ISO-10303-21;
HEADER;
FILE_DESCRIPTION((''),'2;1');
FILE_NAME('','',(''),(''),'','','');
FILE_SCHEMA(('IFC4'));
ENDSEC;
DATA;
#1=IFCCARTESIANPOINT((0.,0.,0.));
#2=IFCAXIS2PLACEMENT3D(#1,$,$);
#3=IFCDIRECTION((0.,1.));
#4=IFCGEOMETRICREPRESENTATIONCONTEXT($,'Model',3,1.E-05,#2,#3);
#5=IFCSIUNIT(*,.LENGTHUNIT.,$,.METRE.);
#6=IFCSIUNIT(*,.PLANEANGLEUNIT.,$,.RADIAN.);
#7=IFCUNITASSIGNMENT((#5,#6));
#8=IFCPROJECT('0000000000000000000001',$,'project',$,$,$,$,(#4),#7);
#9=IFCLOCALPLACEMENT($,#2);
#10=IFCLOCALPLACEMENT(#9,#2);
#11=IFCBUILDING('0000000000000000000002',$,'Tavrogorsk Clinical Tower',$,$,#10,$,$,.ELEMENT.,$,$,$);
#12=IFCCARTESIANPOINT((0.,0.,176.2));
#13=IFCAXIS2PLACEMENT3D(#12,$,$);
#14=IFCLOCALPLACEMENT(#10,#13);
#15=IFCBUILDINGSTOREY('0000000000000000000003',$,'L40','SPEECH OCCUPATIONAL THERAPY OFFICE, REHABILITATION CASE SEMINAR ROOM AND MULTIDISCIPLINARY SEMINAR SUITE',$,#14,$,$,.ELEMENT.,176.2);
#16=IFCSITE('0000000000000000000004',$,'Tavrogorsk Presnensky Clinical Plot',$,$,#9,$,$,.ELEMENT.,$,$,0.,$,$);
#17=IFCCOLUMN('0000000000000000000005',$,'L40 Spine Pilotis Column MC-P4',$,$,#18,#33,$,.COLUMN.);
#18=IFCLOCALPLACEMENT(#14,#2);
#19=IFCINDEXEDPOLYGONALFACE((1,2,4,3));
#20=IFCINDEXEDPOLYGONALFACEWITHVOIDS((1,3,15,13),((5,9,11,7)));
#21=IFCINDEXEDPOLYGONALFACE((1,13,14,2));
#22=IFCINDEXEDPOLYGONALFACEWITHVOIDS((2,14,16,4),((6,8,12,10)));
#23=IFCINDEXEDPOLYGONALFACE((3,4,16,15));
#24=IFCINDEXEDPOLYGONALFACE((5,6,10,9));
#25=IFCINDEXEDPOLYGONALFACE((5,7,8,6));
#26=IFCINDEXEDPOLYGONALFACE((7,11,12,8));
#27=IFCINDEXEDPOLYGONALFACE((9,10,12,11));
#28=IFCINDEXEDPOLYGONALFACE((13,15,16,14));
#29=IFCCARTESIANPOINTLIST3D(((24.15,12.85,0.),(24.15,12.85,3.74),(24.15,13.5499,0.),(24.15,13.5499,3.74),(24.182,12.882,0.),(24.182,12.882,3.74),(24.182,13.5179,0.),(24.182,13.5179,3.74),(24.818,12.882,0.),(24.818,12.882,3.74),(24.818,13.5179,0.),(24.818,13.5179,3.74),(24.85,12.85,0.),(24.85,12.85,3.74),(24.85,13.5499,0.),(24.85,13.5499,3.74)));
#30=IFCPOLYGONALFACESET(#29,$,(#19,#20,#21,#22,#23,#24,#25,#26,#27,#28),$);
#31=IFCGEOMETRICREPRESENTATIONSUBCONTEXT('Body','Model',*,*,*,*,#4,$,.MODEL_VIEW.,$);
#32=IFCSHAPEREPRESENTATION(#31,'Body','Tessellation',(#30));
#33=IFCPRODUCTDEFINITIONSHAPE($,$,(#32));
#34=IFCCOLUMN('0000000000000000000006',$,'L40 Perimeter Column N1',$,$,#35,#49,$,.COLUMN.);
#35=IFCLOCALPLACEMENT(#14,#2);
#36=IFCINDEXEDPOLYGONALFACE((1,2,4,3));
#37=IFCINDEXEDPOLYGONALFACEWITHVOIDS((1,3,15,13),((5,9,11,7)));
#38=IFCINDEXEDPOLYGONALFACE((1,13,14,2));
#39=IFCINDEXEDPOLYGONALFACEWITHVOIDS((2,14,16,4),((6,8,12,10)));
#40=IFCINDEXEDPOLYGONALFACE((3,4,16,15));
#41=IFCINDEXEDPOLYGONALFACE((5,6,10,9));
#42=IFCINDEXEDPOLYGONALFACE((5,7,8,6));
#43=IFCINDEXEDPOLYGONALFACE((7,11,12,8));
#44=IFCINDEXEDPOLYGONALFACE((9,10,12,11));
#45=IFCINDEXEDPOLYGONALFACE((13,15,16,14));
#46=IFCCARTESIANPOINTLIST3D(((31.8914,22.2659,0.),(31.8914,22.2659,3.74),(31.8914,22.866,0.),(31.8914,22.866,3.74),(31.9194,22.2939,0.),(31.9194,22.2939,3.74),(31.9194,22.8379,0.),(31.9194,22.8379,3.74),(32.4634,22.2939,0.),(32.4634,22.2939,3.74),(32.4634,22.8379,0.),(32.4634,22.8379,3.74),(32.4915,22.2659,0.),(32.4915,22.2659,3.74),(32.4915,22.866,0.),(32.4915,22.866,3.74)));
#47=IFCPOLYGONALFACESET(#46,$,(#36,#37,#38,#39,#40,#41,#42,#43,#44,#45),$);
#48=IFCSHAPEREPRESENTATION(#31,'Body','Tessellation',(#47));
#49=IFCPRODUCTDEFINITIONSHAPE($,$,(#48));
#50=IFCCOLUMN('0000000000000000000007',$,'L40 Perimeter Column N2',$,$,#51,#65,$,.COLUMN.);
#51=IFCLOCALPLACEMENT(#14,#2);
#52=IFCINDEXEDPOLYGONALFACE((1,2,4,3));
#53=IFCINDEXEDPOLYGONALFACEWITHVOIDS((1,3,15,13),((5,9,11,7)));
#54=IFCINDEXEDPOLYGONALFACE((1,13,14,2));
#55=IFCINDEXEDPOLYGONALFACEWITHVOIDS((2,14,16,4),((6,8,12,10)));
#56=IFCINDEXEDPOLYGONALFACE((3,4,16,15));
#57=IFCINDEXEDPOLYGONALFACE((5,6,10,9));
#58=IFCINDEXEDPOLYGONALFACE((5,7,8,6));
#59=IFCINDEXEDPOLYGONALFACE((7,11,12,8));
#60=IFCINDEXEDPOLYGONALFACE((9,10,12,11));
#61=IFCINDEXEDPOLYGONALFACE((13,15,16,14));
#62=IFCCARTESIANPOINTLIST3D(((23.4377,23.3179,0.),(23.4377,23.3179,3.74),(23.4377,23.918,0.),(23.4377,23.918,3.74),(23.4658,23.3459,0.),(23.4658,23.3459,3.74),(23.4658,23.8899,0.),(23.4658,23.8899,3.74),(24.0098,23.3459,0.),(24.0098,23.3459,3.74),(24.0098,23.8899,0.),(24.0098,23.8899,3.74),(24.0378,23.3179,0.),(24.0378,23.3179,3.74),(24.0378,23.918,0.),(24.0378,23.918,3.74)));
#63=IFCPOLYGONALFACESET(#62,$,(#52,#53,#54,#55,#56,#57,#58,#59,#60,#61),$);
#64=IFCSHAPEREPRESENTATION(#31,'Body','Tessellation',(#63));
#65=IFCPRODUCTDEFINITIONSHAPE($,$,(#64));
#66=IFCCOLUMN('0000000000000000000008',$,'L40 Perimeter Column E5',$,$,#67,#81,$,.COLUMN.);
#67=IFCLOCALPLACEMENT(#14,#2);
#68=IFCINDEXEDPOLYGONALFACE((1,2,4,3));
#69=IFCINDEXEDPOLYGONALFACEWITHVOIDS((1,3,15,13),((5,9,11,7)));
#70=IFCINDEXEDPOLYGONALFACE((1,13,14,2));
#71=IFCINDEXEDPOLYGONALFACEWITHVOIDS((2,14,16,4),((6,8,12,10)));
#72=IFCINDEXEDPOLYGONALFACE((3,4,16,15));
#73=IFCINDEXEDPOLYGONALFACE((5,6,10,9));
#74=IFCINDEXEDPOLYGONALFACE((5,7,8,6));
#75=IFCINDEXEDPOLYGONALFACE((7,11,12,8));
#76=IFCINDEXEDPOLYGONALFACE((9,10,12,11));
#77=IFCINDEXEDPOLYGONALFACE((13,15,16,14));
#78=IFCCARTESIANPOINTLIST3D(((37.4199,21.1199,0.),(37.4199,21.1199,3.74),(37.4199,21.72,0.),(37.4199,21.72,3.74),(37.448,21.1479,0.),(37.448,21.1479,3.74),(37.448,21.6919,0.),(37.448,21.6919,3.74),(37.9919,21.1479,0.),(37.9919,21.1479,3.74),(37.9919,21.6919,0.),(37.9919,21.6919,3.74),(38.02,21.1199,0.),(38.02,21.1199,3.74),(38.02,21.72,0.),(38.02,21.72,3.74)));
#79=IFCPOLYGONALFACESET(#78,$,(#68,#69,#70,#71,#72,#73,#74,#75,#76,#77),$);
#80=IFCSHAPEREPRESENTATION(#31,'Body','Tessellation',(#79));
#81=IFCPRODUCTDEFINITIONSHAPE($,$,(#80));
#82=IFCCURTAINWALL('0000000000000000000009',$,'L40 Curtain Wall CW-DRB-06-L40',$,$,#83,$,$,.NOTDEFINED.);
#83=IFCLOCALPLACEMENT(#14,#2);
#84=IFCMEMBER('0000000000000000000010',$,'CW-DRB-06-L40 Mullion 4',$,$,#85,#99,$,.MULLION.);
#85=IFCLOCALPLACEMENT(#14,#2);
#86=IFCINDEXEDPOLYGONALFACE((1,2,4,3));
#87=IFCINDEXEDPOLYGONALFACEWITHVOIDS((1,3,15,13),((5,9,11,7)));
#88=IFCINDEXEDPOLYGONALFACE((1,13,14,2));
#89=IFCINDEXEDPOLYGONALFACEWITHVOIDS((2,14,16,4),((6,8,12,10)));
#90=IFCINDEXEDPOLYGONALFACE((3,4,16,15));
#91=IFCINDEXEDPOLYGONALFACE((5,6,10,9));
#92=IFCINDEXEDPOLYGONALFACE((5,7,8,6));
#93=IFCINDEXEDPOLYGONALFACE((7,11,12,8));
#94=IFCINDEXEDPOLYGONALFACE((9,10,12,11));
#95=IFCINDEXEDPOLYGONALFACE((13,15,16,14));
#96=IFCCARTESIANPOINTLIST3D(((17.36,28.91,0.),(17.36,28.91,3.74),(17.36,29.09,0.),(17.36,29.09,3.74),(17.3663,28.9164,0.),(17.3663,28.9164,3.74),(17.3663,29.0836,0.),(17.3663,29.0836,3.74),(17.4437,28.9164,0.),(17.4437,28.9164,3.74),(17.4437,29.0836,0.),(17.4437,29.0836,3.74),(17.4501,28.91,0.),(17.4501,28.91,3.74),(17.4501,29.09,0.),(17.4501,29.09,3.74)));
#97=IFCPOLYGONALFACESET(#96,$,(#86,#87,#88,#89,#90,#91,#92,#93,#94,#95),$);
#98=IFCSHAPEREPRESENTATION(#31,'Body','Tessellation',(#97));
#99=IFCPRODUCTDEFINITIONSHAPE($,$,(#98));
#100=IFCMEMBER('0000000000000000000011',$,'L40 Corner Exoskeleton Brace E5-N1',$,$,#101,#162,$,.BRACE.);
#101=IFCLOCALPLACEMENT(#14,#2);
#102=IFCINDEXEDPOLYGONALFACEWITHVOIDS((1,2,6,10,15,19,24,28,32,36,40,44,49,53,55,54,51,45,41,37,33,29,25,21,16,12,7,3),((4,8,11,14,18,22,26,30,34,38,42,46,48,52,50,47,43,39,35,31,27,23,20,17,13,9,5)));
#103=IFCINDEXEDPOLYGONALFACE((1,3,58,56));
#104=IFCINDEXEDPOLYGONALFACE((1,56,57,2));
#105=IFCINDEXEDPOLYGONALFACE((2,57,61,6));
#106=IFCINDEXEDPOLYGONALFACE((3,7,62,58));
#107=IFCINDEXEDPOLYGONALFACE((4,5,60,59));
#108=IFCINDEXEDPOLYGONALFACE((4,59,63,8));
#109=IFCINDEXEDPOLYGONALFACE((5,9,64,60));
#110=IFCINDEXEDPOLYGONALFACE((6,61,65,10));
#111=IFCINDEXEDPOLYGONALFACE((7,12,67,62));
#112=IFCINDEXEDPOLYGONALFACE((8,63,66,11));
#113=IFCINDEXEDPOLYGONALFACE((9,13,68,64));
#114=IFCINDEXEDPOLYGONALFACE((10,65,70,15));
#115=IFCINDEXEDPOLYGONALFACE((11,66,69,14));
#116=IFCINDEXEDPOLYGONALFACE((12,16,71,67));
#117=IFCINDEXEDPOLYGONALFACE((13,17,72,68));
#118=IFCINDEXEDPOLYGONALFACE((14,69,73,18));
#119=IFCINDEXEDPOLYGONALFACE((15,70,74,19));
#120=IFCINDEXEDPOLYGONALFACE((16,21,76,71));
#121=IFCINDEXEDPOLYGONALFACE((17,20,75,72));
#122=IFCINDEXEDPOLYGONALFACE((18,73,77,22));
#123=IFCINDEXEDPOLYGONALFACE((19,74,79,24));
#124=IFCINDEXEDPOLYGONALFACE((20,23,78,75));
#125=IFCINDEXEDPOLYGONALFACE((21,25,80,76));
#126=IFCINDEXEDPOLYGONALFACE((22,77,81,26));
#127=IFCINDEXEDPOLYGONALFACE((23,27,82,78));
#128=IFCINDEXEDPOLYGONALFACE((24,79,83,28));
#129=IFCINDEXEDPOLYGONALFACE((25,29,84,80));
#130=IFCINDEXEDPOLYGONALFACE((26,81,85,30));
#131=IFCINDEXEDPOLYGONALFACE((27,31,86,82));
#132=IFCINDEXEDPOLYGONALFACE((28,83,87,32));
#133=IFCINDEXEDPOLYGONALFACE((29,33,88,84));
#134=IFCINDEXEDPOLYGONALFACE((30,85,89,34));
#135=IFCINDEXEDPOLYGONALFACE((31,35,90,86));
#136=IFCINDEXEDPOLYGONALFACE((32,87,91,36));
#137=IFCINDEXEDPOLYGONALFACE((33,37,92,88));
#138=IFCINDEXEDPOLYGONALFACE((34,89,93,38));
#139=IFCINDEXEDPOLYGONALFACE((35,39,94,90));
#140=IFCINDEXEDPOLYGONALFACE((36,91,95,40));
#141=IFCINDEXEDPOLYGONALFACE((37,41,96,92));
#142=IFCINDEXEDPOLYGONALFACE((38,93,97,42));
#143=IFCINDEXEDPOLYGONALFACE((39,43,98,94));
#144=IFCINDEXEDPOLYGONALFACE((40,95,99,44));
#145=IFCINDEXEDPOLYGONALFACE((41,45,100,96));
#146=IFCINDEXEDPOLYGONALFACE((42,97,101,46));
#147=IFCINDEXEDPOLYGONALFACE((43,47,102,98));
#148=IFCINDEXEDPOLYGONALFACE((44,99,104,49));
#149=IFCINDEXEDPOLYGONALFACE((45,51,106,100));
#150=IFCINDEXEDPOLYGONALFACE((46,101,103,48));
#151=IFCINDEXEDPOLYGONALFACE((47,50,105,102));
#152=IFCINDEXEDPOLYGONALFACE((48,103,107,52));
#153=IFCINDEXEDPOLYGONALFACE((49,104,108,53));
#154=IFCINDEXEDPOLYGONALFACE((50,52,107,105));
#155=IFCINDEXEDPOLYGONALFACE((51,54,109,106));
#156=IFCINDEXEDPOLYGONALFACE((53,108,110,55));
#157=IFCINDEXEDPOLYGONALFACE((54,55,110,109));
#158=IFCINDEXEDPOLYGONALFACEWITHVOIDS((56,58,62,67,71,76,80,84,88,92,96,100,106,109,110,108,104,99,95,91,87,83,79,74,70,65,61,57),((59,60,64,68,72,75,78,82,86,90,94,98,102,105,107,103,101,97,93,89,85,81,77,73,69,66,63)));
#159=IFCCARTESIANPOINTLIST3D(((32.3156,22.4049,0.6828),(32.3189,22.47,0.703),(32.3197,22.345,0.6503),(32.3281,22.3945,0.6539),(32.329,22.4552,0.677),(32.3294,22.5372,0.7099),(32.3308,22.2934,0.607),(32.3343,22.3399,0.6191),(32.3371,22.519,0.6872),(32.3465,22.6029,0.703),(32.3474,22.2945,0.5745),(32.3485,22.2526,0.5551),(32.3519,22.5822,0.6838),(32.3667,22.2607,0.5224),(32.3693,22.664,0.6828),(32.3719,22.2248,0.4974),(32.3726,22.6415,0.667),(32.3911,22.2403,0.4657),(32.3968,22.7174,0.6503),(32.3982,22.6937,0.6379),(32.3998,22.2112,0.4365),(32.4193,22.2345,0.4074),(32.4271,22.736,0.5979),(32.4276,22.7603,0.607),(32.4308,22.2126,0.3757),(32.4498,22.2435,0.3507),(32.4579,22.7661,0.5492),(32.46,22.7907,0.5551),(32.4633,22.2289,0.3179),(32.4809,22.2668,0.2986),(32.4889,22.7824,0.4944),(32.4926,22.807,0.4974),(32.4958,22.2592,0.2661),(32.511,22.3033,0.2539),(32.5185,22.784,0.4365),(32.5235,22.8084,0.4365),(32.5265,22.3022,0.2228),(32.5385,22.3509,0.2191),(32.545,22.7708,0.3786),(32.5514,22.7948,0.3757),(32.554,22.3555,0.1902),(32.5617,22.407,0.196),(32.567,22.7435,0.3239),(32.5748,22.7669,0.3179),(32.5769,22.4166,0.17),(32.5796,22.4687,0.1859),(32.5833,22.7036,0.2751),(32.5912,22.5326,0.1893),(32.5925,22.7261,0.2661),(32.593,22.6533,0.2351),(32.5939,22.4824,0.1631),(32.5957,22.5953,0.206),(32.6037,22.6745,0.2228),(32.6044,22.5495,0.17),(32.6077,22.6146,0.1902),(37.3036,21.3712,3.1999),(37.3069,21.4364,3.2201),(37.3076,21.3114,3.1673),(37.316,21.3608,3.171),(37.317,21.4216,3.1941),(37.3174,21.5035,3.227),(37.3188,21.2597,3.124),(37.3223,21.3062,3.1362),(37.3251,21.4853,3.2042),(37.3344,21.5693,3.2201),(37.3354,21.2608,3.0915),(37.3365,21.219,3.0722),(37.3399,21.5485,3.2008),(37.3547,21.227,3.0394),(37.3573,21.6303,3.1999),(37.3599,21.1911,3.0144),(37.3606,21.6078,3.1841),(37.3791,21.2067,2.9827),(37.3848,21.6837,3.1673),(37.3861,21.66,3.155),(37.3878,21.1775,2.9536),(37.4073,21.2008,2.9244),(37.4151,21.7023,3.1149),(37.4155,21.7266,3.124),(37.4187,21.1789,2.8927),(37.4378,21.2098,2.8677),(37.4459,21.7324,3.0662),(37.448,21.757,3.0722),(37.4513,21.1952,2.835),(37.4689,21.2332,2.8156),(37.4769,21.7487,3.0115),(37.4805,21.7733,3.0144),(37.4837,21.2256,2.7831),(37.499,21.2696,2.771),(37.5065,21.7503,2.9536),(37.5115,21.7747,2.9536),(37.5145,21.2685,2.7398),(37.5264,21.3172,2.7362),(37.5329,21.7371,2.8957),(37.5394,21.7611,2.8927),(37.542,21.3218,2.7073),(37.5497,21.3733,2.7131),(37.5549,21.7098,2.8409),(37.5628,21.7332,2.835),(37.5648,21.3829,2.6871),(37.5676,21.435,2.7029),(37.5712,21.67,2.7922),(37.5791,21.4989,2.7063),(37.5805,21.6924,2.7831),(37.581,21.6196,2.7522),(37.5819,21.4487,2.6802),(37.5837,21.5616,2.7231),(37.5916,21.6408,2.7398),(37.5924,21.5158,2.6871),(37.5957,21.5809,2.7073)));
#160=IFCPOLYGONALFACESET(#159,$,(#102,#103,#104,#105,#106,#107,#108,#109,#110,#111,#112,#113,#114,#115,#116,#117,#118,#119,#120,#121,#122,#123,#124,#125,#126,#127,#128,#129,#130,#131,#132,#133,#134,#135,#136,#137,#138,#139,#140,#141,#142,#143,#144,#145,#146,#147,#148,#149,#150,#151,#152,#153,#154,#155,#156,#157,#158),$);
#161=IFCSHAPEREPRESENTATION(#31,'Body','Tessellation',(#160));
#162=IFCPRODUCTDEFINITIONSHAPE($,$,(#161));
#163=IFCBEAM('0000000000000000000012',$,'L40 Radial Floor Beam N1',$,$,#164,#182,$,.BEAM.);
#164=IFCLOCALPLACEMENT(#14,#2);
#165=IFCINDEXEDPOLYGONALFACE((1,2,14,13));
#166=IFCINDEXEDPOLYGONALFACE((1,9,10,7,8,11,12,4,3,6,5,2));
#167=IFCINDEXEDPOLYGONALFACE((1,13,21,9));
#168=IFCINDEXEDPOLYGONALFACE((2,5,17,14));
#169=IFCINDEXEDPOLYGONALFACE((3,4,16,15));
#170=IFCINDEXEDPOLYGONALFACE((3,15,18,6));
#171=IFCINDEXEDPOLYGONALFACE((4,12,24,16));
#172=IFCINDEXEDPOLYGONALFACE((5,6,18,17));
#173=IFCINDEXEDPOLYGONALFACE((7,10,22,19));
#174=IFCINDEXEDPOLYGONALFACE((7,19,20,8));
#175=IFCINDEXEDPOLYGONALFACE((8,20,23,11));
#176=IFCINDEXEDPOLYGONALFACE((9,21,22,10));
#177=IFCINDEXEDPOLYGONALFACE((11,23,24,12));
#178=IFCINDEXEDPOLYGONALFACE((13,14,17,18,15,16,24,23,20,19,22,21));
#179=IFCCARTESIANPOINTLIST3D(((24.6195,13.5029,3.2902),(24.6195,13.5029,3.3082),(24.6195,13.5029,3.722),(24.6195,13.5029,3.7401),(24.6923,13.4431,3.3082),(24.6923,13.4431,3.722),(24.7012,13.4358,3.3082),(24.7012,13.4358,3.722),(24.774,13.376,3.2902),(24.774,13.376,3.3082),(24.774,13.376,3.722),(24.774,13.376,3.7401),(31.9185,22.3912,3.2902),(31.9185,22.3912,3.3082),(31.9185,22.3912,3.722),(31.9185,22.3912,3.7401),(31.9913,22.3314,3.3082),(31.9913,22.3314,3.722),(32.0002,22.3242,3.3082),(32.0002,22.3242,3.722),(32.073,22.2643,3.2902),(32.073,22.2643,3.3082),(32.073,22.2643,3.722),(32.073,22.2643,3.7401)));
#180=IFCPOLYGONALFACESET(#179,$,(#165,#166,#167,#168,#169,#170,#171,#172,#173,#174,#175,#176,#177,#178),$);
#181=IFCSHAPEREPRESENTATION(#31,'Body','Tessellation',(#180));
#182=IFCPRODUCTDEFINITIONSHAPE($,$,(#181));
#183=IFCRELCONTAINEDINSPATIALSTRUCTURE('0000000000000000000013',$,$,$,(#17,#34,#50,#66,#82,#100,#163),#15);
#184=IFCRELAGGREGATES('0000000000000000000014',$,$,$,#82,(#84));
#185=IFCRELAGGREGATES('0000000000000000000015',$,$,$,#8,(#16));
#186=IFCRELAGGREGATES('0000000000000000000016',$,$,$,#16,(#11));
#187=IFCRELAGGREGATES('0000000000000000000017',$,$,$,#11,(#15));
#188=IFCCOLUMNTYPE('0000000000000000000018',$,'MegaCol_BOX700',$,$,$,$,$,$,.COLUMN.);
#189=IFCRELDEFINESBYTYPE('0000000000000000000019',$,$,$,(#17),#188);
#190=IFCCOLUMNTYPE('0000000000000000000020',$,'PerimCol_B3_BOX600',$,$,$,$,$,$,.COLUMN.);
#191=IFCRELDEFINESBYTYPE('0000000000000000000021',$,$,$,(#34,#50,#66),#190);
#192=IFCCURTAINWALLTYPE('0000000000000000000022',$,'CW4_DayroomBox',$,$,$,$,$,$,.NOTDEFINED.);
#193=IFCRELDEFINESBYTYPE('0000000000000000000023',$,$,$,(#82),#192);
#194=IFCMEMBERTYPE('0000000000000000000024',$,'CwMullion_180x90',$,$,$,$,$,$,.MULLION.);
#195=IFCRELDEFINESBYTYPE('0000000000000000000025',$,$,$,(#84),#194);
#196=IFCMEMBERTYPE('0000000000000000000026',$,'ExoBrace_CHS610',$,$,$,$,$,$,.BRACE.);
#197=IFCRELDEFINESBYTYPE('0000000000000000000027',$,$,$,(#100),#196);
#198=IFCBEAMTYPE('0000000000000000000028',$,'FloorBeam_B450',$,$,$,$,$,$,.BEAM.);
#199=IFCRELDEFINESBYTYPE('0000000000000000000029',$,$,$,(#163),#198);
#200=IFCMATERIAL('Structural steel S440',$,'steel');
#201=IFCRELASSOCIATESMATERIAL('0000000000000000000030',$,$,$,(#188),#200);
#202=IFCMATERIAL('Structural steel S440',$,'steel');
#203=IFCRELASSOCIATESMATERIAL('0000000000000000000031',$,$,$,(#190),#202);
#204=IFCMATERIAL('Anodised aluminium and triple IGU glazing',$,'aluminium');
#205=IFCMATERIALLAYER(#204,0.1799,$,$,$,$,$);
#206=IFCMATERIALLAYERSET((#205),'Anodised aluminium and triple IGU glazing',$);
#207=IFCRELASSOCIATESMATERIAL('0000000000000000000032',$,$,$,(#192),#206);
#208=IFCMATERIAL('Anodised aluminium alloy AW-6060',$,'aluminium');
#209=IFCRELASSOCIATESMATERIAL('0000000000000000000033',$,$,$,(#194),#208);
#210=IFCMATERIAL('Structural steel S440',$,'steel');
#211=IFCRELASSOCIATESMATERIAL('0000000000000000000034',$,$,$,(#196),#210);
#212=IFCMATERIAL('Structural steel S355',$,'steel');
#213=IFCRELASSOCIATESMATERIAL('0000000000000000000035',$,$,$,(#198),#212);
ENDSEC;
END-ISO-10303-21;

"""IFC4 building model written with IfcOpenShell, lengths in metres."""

from ifc_helpers import new_model, si_unit, direction, frame, origin, origin_2d, place, context, subcontext, project, spatial, hollow_rectangle, hollow_circle, i_section, extrude, material, layer, layer_set, material_profile, profile_set, type_object, element, aggregate, save


model = new_model("IFC4")

# Units and contexts
model_context = context("Model", 3, precision=1e-05, world=origin(), true_north=direction((0.0, 1.0)))
body_context = subcontext(model_context, "Body", "Model", "MODEL_VIEW")
ifc_project = project(units=[si_unit("LENGTHUNIT", "METRE"), si_unit("PLANEANGLEUNIT", "RADIAN")], contexts=[model_context])

# Site, building, storey
site_placement = place(None, origin())
site = spatial("IfcSite", under=ifc_project, at=site_placement, Name="Tavrogorsk Presnensky Clinical Plot", CompositionType="ELEMENT", RefElevation=0.0)
building_placement = place(site_placement, origin())
building = spatial("IfcBuilding", under=site, at=building_placement, Name="Tavrogorsk Clinical Tower", CompositionType="ELEMENT")
storey_placement = place(building_placement, frame((0.0, 0.0, 176.2)))
storey = spatial("IfcBuildingStorey", under=building, at=storey_placement, Name="L40", Description="SPEECH OCCUPATIONAL THERAPY OFFICE, REHABILITATION CASE SEMINAR ROOM AND MULTIDISCIPLINARY SEMINAR SUITE", CompositionType="ELEMENT", Elevation=176.2)

# Columns
ifc_material_1 = material(Name="Structural steel S440", Category="steel")
ifc_material_profile_1 = material_profile(ifc_material_1, hollow_rectangle(XDim=0.7, YDim=0.7, WallThickness=0.032, at=origin_2d()), Name="BOX-700x700x32")
ifc_profile_set_1 = profile_set([ifc_material_profile_1], Name="Structural steel S440")
column_type_1 = type_object("IfcColumnType", Name="MegaCol_BOX700", PredefinedType="COLUMN", material=ifc_profile_set_1)
column_placement = place(storey_placement, frame((24.5, 13.2, 0.0), z_axis=(0.0, 0.0, 1.0), x_axis=(1.0, 0.0, 0.0)))
element("IfcColumn", 1, at=column_placement, inside=storey, type_object=column_type_1, Name="L40 Spine Pilotis Column MC-P4", PredefinedType="COLUMN", context=body_context, shape_type="SweptSolid", body=[
    extrude(hollow_rectangle(XDim=0.7, YDim=0.7, WallThickness=0.032, at=origin_2d()), origin(), (0.0, 0.0, 1.0), 3.74),
])
ifc_material_2 = material(Name="Structural steel S440", Category="steel")
ifc_material_profile_2 = material_profile(ifc_material_2, hollow_rectangle(XDim=0.6001, YDim=0.6001, WallThickness=0.0281, at=origin_2d()), Name="BOX-600x600x28")
ifc_profile_set_2 = profile_set([ifc_material_profile_2], Name="Structural steel S440")
column_type_2 = type_object("IfcColumnType", Name="PerimCol_B3_BOX600", PredefinedType="COLUMN", material=ifc_profile_set_2)
for number, where, z_axis, x_axis, name in (
    (2, (32.1914, 22.5659, 0.0), (0.0, 0.0, 1.0), (1.0, 0.0, 0.0), "L40 Perimeter Column N1"),
    (3, (23.7378, 23.6179, 0.0), (0.0, 0.0, 1.0), (1.0, 0.0, 0.0), "L40 Perimeter Column N2"),
    (4, (37.72, 21.4199, 0.0), (0.0, 0.0, 1.0), (1.0, 0.0, 0.0), "L40 Perimeter Column E5"),
):
    element("IfcColumn", number, at=place(storey_placement, frame(where, z_axis=z_axis, x_axis=x_axis)), inside=storey, type_object=column_type_2, Name=name, PredefinedType="COLUMN", context=body_context, shape_type="SweptSolid", body=[
        extrude(hollow_rectangle(XDim=0.6001, YDim=0.6001, WallThickness=0.0281, at=origin_2d()), origin(), (0.0, 0.0, 1.0), 3.74),
    ])

# Curtain wall, member
ifc_material_3 = material(Name="Anodised aluminium and triple IGU glazing", Category="aluminium")
ifc_layer_1 = layer(ifc_material_3, 0.1799)
ifc_layer_set_1 = layer_set([ifc_layer_1], Name="Anodised aluminium and triple IGU glazing")
curtain_wall_type = type_object("IfcCurtainWallType", Name="CW4_DayroomBox", PredefinedType="NOTDEFINED", material=ifc_layer_set_1)
curtain_wall_placement = place(storey_placement, origin())
curtain_wall = element("IfcCurtainWall", 5, at=curtain_wall_placement, inside=storey, type_object=curtain_wall_type, Name="L40 Curtain Wall CW-DRB-06-L40", PredefinedType="NOTDEFINED")
ifc_material_4 = material(Name="Anodised aluminium alloy AW-6060", Category="aluminium")
ifc_material_profile_3 = material_profile(ifc_material_4, hollow_rectangle(XDim=0.0901, YDim=0.1799, WallThickness=0.0063, at=origin_2d()), Name="RHS-180x90x6.3")
ifc_profile_set_3 = profile_set([ifc_material_profile_3], Name="Anodised aluminium alloy AW-6060")
member_type_1 = type_object("IfcMemberType", Name="CwMullion_180x90", PredefinedType="MULLION", material=ifc_profile_set_3)
member_1_placement = place(storey_placement, frame((17.405, 29.0, 0.0), z_axis=(0.0, 0.0, 1.0), x_axis=(1.0, 0.0, 0.0)))
member_1 = element("IfcMember", 6, at=member_1_placement, type_object=member_type_1, Name="CW-DRB-06-L40 Mullion 4", PredefinedType="MULLION", context=body_context, shape_type="SweptSolid", body=[
    extrude(hollow_rectangle(XDim=0.0901, YDim=0.1799, WallThickness=0.0063, at=origin_2d()), origin(), (0.0, 0.0, 1.0), 3.74),
])
aggregate(curtain_wall, [member_1])

# Member
ifc_material_5 = material(Name="Structural steel S440", Category="steel")
ifc_material_profile_4 = material_profile(ifc_material_5, hollow_circle(Radius=0.3049, WallThickness=0.0249, at=origin_2d()), Name="CHS-610x25")
ifc_profile_set_4 = profile_set([ifc_material_profile_4], Name="Structural steel S440")
member_type_2 = type_object("IfcMemberType", Name="ExoBrace_CHS610", PredefinedType="BRACE", material=ifc_profile_set_4)
member_2_placement = place(storey_placement, frame((32.4617, 22.5098, 0.4365), z_axis=(0.877871, -0.181925, 0.442996), x_axis=(0.202923, 0.979195, 0.0)))
element("IfcMember", 7, at=member_2_placement, inside=storey, type_object=member_type_2, Name="L40 Corner Exoskeleton Brace E5-N1", PredefinedType="BRACE", context=body_context, shape_type="SweptSolid", body=[
    extrude(hollow_circle(Radius=0.3049, WallThickness=0.0249, at=origin_2d()), origin(), (0.0, 0.0, 1.0), 5.6819),
])

# Beam
ifc_material_6 = material(Name="Structural steel S355", Category="steel")
ifc_material_profile_5 = material_profile(ifc_material_6, i_section(OverallWidth=0.2, OverallDepth=0.45, WebThickness=0.0115, FlangeThickness=0.0181, at=origin_2d()), Name="B-450x200x11.5x18")
ifc_profile_set_5 = profile_set([ifc_material_profile_5], Name="Structural steel S355")
beam_type_1 = type_object("IfcBeamType", Name="FloorBeam_B450", PredefinedType="BEAM", material=ifc_profile_set_5)
beam_1_placement = place(storey_placement, frame((24.6968, 13.4395, 3.5151), z_axis=(0.634629, 0.772817, 0.0), x_axis=(-0.772817, 0.634629, 0.0)))
element("IfcBeam", 8, at=beam_1_placement, inside=storey, type_object=beam_type_1, Name="L40 Radial Floor Beam N1", PredefinedType="BEAM", context=body_context, shape_type="SweptSolid", body=[
    extrude(i_section(OverallWidth=0.2, OverallDepth=0.45, WebThickness=0.0115, FlangeThickness=0.0181, at=origin_2d()), origin(), (0.0, 0.0, 1.0), 11.5012),
])

save(model, "model.ifc")
